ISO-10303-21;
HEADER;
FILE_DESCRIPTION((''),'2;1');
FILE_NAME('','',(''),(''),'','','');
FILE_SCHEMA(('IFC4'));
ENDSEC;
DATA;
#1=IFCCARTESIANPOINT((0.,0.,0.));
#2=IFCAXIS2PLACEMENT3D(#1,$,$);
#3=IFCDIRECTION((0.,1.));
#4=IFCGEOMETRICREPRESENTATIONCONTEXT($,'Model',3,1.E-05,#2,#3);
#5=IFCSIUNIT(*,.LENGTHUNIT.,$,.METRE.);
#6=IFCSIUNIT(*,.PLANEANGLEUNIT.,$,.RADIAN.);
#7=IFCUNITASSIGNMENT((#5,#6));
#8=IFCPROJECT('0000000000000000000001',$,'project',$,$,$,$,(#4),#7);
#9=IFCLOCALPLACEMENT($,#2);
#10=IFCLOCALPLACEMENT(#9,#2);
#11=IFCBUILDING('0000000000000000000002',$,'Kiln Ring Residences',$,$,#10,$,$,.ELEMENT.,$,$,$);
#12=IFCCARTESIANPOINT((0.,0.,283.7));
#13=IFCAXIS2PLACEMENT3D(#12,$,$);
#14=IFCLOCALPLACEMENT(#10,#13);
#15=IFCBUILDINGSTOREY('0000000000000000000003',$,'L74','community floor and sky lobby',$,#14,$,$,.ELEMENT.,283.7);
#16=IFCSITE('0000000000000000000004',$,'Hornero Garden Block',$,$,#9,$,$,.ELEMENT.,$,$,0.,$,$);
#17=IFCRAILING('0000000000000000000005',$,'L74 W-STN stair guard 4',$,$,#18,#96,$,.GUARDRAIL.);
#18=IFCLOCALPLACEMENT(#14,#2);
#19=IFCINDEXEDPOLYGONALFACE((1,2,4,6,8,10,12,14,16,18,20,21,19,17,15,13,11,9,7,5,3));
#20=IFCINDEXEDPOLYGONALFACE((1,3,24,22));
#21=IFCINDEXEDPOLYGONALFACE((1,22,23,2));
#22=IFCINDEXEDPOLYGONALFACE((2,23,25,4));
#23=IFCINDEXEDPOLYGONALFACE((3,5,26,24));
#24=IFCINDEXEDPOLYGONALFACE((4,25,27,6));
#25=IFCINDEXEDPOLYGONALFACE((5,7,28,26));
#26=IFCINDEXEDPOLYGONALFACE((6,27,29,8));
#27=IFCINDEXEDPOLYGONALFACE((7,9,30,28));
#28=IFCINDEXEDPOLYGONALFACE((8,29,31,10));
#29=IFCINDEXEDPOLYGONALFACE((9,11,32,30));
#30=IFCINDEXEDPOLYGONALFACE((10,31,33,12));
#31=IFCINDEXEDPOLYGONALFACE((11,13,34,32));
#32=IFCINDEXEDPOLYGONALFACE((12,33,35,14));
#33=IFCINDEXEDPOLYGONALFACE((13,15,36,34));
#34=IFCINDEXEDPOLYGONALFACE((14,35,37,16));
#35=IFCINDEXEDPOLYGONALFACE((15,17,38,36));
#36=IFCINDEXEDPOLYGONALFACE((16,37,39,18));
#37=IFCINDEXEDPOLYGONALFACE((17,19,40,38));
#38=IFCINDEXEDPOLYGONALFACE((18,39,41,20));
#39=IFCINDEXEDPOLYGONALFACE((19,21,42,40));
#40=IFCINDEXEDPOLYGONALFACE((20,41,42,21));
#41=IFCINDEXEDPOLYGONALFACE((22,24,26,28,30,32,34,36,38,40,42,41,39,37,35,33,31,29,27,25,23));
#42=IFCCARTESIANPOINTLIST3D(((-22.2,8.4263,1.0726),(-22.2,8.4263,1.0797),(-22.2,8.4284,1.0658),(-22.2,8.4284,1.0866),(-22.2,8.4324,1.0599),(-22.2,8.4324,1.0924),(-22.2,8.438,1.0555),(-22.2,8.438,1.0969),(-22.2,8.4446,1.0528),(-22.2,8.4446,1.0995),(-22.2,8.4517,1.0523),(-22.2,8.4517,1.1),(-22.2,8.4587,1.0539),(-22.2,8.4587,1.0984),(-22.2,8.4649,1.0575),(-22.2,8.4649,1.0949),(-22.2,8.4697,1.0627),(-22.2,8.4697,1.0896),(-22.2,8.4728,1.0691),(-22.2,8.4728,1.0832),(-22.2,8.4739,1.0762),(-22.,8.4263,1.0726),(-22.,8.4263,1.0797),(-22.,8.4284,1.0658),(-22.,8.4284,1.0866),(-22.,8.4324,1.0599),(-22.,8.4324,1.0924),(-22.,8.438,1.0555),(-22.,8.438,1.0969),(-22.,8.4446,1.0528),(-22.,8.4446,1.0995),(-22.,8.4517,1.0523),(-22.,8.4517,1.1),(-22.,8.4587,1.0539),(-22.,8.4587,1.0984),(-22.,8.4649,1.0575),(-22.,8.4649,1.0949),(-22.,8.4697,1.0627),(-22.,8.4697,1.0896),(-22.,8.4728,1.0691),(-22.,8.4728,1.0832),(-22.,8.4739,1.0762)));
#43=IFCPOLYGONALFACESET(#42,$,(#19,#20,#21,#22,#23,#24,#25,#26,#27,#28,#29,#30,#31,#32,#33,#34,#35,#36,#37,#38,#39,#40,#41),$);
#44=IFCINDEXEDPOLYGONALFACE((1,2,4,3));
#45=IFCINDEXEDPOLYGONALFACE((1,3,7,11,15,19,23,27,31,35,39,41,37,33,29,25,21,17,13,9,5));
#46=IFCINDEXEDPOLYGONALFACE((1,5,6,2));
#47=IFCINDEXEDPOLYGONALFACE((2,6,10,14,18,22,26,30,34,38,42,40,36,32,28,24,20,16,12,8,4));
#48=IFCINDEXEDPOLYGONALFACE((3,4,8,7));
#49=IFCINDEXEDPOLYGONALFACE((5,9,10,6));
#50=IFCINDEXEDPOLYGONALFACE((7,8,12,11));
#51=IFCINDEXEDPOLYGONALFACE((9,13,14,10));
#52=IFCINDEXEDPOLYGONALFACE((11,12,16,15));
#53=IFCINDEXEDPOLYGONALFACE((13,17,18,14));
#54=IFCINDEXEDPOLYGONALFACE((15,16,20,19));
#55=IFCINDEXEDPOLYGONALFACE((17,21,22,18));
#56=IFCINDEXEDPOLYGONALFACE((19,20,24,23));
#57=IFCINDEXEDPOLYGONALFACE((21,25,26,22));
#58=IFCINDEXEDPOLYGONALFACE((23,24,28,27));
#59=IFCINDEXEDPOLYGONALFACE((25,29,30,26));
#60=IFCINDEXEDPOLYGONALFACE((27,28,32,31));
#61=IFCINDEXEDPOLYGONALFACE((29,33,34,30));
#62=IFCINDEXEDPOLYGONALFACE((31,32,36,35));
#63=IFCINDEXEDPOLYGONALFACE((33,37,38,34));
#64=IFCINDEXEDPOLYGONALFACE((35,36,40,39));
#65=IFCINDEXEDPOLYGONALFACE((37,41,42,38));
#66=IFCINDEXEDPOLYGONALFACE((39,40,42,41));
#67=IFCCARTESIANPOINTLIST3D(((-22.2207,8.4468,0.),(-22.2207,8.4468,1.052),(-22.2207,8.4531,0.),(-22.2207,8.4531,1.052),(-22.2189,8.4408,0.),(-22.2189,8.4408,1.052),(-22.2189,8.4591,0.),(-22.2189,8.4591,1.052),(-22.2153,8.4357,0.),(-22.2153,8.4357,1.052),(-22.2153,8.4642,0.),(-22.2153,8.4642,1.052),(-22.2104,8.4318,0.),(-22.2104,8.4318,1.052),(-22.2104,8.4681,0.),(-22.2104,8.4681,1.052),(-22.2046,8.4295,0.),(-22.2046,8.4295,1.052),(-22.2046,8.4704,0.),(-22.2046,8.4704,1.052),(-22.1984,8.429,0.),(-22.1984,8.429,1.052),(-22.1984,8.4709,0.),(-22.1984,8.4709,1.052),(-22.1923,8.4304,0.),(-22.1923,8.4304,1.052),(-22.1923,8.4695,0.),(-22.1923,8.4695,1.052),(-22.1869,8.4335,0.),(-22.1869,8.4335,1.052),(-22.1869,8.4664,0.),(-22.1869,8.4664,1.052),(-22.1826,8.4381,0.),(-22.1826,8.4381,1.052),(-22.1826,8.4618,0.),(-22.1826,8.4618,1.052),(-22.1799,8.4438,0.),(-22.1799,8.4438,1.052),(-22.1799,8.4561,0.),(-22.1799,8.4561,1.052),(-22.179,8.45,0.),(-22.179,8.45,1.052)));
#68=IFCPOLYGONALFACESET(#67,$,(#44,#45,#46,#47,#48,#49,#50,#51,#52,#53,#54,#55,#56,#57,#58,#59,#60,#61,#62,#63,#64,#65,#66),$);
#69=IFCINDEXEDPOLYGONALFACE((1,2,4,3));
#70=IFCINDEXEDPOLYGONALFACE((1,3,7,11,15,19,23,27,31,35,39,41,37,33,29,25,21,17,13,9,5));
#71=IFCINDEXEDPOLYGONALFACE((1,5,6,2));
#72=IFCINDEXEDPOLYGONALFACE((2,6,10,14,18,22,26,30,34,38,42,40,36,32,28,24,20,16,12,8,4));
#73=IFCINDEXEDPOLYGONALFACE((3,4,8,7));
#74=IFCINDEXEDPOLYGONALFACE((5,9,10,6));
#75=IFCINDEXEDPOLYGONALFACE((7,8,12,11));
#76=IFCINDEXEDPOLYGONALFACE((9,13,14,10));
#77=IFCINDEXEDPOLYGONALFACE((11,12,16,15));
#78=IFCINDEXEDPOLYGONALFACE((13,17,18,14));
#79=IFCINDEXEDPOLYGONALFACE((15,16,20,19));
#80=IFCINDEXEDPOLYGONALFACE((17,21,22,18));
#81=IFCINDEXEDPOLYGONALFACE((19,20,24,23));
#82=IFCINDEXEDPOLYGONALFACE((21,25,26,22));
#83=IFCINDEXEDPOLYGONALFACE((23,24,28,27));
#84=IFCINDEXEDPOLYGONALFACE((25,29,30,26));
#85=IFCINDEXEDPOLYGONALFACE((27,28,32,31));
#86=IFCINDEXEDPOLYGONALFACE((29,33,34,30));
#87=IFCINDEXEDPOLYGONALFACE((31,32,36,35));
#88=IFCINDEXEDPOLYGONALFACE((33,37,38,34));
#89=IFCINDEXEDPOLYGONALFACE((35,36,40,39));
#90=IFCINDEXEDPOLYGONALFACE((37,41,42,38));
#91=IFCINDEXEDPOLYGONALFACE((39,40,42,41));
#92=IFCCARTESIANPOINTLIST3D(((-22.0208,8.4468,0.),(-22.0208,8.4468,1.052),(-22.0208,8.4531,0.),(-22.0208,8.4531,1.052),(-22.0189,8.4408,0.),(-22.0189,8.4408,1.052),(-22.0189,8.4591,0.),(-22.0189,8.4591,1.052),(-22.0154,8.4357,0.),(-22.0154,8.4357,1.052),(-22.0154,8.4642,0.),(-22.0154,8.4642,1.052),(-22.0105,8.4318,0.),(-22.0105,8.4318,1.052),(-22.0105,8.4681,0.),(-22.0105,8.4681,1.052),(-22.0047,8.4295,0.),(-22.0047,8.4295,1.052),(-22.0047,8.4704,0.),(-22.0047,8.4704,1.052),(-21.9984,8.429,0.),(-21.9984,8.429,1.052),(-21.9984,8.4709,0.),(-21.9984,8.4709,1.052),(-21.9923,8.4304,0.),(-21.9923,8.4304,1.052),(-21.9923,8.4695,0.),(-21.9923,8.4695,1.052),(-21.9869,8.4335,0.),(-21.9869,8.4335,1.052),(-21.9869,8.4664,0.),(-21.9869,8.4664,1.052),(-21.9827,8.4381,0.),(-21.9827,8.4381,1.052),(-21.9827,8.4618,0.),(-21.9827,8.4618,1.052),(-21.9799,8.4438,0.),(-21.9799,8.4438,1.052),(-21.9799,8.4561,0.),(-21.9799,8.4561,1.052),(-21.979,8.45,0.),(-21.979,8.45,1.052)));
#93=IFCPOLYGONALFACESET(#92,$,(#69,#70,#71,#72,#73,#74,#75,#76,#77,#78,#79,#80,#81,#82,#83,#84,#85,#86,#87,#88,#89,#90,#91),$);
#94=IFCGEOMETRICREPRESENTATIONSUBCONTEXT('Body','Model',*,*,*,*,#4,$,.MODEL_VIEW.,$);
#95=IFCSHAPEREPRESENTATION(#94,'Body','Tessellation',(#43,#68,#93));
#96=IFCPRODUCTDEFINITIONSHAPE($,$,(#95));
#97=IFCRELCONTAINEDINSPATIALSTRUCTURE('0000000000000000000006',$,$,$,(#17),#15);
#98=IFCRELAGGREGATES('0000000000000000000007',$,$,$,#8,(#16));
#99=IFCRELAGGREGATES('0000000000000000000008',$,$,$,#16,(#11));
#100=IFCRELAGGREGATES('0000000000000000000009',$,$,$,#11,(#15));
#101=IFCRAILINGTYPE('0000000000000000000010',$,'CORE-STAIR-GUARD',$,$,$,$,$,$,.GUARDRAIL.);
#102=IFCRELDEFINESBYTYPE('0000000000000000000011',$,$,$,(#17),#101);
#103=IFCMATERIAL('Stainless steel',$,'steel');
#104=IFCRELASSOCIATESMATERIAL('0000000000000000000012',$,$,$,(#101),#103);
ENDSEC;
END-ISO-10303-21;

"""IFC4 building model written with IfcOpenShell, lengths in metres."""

from ifc_helpers import new_model, si_unit, direction, frame, origin, origin_2d, place, context, subcontext, project, spatial, circle, extrude, material, type_object, element, save


model = new_model("IFC4")

# Units and contexts
model_context = context("Model", 3, precision=1e-05, world=origin(), true_north=direction((0.0, 1.0)))
body_context = subcontext(model_context, "Body", "Model", "MODEL_VIEW")
ifc_project = project(units=[si_unit("LENGTHUNIT", "METRE"), si_unit("PLANEANGLEUNIT", "RADIAN")], contexts=[model_context])

# Site, building, storey
site_placement = place(None, origin())
site = spatial("IfcSite", under=ifc_project, at=site_placement, Name="Hornero Garden Block", CompositionType="ELEMENT", RefElevation=0.0)
building_placement = place(site_placement, origin())
building = spatial("IfcBuilding", under=site, at=building_placement, Name="Kiln Ring Residences", CompositionType="ELEMENT")
storey_placement = place(building_placement, frame((0.0, 0.0, 283.7)))
storey = spatial("IfcBuildingStorey", under=building, at=storey_placement, Name="L74", Description="community floor and sky lobby", CompositionType="ELEMENT", Elevation=283.7)

# Railing
ifc_material_1 = material(Name="Stainless steel", Category="steel")
railing_type_1 = type_object("IfcRailingType", Name="CORE-STAIR-GUARD", PredefinedType="GUARDRAIL", material=ifc_material_1)
railing_1_placement = place(storey_placement, frame((-22.2, 8.45, 0.0)))
element("IfcRailing", 1, at=railing_1_placement, inside=storey, type_object=railing_type_1, Name="L74 W-STN stair guard 4", PredefinedType="GUARDRAIL", context=body_context, shape_type="SweptSolid", body=[
    extrude(circle(Radius=0.0239, at=origin_2d()), frame((0.0, 0.0, 1.0762), z_axis=(1.0, 0.0, 0.0), x_axis=(0.0, 1.0, 0.0)), (0.0, 0.0, 1.0), 0.2),
    extrude(circle(Radius=0.021, at=origin_2d()), origin(), (0.0, 0.0, 1.0), 1.052),
    extrude(circle(Radius=0.021, at=origin_2d()), frame((0.2, 0.0, 0.0)), (0.0, 0.0, 1.0), 1.052),
])

save(model, "model.ifc")
